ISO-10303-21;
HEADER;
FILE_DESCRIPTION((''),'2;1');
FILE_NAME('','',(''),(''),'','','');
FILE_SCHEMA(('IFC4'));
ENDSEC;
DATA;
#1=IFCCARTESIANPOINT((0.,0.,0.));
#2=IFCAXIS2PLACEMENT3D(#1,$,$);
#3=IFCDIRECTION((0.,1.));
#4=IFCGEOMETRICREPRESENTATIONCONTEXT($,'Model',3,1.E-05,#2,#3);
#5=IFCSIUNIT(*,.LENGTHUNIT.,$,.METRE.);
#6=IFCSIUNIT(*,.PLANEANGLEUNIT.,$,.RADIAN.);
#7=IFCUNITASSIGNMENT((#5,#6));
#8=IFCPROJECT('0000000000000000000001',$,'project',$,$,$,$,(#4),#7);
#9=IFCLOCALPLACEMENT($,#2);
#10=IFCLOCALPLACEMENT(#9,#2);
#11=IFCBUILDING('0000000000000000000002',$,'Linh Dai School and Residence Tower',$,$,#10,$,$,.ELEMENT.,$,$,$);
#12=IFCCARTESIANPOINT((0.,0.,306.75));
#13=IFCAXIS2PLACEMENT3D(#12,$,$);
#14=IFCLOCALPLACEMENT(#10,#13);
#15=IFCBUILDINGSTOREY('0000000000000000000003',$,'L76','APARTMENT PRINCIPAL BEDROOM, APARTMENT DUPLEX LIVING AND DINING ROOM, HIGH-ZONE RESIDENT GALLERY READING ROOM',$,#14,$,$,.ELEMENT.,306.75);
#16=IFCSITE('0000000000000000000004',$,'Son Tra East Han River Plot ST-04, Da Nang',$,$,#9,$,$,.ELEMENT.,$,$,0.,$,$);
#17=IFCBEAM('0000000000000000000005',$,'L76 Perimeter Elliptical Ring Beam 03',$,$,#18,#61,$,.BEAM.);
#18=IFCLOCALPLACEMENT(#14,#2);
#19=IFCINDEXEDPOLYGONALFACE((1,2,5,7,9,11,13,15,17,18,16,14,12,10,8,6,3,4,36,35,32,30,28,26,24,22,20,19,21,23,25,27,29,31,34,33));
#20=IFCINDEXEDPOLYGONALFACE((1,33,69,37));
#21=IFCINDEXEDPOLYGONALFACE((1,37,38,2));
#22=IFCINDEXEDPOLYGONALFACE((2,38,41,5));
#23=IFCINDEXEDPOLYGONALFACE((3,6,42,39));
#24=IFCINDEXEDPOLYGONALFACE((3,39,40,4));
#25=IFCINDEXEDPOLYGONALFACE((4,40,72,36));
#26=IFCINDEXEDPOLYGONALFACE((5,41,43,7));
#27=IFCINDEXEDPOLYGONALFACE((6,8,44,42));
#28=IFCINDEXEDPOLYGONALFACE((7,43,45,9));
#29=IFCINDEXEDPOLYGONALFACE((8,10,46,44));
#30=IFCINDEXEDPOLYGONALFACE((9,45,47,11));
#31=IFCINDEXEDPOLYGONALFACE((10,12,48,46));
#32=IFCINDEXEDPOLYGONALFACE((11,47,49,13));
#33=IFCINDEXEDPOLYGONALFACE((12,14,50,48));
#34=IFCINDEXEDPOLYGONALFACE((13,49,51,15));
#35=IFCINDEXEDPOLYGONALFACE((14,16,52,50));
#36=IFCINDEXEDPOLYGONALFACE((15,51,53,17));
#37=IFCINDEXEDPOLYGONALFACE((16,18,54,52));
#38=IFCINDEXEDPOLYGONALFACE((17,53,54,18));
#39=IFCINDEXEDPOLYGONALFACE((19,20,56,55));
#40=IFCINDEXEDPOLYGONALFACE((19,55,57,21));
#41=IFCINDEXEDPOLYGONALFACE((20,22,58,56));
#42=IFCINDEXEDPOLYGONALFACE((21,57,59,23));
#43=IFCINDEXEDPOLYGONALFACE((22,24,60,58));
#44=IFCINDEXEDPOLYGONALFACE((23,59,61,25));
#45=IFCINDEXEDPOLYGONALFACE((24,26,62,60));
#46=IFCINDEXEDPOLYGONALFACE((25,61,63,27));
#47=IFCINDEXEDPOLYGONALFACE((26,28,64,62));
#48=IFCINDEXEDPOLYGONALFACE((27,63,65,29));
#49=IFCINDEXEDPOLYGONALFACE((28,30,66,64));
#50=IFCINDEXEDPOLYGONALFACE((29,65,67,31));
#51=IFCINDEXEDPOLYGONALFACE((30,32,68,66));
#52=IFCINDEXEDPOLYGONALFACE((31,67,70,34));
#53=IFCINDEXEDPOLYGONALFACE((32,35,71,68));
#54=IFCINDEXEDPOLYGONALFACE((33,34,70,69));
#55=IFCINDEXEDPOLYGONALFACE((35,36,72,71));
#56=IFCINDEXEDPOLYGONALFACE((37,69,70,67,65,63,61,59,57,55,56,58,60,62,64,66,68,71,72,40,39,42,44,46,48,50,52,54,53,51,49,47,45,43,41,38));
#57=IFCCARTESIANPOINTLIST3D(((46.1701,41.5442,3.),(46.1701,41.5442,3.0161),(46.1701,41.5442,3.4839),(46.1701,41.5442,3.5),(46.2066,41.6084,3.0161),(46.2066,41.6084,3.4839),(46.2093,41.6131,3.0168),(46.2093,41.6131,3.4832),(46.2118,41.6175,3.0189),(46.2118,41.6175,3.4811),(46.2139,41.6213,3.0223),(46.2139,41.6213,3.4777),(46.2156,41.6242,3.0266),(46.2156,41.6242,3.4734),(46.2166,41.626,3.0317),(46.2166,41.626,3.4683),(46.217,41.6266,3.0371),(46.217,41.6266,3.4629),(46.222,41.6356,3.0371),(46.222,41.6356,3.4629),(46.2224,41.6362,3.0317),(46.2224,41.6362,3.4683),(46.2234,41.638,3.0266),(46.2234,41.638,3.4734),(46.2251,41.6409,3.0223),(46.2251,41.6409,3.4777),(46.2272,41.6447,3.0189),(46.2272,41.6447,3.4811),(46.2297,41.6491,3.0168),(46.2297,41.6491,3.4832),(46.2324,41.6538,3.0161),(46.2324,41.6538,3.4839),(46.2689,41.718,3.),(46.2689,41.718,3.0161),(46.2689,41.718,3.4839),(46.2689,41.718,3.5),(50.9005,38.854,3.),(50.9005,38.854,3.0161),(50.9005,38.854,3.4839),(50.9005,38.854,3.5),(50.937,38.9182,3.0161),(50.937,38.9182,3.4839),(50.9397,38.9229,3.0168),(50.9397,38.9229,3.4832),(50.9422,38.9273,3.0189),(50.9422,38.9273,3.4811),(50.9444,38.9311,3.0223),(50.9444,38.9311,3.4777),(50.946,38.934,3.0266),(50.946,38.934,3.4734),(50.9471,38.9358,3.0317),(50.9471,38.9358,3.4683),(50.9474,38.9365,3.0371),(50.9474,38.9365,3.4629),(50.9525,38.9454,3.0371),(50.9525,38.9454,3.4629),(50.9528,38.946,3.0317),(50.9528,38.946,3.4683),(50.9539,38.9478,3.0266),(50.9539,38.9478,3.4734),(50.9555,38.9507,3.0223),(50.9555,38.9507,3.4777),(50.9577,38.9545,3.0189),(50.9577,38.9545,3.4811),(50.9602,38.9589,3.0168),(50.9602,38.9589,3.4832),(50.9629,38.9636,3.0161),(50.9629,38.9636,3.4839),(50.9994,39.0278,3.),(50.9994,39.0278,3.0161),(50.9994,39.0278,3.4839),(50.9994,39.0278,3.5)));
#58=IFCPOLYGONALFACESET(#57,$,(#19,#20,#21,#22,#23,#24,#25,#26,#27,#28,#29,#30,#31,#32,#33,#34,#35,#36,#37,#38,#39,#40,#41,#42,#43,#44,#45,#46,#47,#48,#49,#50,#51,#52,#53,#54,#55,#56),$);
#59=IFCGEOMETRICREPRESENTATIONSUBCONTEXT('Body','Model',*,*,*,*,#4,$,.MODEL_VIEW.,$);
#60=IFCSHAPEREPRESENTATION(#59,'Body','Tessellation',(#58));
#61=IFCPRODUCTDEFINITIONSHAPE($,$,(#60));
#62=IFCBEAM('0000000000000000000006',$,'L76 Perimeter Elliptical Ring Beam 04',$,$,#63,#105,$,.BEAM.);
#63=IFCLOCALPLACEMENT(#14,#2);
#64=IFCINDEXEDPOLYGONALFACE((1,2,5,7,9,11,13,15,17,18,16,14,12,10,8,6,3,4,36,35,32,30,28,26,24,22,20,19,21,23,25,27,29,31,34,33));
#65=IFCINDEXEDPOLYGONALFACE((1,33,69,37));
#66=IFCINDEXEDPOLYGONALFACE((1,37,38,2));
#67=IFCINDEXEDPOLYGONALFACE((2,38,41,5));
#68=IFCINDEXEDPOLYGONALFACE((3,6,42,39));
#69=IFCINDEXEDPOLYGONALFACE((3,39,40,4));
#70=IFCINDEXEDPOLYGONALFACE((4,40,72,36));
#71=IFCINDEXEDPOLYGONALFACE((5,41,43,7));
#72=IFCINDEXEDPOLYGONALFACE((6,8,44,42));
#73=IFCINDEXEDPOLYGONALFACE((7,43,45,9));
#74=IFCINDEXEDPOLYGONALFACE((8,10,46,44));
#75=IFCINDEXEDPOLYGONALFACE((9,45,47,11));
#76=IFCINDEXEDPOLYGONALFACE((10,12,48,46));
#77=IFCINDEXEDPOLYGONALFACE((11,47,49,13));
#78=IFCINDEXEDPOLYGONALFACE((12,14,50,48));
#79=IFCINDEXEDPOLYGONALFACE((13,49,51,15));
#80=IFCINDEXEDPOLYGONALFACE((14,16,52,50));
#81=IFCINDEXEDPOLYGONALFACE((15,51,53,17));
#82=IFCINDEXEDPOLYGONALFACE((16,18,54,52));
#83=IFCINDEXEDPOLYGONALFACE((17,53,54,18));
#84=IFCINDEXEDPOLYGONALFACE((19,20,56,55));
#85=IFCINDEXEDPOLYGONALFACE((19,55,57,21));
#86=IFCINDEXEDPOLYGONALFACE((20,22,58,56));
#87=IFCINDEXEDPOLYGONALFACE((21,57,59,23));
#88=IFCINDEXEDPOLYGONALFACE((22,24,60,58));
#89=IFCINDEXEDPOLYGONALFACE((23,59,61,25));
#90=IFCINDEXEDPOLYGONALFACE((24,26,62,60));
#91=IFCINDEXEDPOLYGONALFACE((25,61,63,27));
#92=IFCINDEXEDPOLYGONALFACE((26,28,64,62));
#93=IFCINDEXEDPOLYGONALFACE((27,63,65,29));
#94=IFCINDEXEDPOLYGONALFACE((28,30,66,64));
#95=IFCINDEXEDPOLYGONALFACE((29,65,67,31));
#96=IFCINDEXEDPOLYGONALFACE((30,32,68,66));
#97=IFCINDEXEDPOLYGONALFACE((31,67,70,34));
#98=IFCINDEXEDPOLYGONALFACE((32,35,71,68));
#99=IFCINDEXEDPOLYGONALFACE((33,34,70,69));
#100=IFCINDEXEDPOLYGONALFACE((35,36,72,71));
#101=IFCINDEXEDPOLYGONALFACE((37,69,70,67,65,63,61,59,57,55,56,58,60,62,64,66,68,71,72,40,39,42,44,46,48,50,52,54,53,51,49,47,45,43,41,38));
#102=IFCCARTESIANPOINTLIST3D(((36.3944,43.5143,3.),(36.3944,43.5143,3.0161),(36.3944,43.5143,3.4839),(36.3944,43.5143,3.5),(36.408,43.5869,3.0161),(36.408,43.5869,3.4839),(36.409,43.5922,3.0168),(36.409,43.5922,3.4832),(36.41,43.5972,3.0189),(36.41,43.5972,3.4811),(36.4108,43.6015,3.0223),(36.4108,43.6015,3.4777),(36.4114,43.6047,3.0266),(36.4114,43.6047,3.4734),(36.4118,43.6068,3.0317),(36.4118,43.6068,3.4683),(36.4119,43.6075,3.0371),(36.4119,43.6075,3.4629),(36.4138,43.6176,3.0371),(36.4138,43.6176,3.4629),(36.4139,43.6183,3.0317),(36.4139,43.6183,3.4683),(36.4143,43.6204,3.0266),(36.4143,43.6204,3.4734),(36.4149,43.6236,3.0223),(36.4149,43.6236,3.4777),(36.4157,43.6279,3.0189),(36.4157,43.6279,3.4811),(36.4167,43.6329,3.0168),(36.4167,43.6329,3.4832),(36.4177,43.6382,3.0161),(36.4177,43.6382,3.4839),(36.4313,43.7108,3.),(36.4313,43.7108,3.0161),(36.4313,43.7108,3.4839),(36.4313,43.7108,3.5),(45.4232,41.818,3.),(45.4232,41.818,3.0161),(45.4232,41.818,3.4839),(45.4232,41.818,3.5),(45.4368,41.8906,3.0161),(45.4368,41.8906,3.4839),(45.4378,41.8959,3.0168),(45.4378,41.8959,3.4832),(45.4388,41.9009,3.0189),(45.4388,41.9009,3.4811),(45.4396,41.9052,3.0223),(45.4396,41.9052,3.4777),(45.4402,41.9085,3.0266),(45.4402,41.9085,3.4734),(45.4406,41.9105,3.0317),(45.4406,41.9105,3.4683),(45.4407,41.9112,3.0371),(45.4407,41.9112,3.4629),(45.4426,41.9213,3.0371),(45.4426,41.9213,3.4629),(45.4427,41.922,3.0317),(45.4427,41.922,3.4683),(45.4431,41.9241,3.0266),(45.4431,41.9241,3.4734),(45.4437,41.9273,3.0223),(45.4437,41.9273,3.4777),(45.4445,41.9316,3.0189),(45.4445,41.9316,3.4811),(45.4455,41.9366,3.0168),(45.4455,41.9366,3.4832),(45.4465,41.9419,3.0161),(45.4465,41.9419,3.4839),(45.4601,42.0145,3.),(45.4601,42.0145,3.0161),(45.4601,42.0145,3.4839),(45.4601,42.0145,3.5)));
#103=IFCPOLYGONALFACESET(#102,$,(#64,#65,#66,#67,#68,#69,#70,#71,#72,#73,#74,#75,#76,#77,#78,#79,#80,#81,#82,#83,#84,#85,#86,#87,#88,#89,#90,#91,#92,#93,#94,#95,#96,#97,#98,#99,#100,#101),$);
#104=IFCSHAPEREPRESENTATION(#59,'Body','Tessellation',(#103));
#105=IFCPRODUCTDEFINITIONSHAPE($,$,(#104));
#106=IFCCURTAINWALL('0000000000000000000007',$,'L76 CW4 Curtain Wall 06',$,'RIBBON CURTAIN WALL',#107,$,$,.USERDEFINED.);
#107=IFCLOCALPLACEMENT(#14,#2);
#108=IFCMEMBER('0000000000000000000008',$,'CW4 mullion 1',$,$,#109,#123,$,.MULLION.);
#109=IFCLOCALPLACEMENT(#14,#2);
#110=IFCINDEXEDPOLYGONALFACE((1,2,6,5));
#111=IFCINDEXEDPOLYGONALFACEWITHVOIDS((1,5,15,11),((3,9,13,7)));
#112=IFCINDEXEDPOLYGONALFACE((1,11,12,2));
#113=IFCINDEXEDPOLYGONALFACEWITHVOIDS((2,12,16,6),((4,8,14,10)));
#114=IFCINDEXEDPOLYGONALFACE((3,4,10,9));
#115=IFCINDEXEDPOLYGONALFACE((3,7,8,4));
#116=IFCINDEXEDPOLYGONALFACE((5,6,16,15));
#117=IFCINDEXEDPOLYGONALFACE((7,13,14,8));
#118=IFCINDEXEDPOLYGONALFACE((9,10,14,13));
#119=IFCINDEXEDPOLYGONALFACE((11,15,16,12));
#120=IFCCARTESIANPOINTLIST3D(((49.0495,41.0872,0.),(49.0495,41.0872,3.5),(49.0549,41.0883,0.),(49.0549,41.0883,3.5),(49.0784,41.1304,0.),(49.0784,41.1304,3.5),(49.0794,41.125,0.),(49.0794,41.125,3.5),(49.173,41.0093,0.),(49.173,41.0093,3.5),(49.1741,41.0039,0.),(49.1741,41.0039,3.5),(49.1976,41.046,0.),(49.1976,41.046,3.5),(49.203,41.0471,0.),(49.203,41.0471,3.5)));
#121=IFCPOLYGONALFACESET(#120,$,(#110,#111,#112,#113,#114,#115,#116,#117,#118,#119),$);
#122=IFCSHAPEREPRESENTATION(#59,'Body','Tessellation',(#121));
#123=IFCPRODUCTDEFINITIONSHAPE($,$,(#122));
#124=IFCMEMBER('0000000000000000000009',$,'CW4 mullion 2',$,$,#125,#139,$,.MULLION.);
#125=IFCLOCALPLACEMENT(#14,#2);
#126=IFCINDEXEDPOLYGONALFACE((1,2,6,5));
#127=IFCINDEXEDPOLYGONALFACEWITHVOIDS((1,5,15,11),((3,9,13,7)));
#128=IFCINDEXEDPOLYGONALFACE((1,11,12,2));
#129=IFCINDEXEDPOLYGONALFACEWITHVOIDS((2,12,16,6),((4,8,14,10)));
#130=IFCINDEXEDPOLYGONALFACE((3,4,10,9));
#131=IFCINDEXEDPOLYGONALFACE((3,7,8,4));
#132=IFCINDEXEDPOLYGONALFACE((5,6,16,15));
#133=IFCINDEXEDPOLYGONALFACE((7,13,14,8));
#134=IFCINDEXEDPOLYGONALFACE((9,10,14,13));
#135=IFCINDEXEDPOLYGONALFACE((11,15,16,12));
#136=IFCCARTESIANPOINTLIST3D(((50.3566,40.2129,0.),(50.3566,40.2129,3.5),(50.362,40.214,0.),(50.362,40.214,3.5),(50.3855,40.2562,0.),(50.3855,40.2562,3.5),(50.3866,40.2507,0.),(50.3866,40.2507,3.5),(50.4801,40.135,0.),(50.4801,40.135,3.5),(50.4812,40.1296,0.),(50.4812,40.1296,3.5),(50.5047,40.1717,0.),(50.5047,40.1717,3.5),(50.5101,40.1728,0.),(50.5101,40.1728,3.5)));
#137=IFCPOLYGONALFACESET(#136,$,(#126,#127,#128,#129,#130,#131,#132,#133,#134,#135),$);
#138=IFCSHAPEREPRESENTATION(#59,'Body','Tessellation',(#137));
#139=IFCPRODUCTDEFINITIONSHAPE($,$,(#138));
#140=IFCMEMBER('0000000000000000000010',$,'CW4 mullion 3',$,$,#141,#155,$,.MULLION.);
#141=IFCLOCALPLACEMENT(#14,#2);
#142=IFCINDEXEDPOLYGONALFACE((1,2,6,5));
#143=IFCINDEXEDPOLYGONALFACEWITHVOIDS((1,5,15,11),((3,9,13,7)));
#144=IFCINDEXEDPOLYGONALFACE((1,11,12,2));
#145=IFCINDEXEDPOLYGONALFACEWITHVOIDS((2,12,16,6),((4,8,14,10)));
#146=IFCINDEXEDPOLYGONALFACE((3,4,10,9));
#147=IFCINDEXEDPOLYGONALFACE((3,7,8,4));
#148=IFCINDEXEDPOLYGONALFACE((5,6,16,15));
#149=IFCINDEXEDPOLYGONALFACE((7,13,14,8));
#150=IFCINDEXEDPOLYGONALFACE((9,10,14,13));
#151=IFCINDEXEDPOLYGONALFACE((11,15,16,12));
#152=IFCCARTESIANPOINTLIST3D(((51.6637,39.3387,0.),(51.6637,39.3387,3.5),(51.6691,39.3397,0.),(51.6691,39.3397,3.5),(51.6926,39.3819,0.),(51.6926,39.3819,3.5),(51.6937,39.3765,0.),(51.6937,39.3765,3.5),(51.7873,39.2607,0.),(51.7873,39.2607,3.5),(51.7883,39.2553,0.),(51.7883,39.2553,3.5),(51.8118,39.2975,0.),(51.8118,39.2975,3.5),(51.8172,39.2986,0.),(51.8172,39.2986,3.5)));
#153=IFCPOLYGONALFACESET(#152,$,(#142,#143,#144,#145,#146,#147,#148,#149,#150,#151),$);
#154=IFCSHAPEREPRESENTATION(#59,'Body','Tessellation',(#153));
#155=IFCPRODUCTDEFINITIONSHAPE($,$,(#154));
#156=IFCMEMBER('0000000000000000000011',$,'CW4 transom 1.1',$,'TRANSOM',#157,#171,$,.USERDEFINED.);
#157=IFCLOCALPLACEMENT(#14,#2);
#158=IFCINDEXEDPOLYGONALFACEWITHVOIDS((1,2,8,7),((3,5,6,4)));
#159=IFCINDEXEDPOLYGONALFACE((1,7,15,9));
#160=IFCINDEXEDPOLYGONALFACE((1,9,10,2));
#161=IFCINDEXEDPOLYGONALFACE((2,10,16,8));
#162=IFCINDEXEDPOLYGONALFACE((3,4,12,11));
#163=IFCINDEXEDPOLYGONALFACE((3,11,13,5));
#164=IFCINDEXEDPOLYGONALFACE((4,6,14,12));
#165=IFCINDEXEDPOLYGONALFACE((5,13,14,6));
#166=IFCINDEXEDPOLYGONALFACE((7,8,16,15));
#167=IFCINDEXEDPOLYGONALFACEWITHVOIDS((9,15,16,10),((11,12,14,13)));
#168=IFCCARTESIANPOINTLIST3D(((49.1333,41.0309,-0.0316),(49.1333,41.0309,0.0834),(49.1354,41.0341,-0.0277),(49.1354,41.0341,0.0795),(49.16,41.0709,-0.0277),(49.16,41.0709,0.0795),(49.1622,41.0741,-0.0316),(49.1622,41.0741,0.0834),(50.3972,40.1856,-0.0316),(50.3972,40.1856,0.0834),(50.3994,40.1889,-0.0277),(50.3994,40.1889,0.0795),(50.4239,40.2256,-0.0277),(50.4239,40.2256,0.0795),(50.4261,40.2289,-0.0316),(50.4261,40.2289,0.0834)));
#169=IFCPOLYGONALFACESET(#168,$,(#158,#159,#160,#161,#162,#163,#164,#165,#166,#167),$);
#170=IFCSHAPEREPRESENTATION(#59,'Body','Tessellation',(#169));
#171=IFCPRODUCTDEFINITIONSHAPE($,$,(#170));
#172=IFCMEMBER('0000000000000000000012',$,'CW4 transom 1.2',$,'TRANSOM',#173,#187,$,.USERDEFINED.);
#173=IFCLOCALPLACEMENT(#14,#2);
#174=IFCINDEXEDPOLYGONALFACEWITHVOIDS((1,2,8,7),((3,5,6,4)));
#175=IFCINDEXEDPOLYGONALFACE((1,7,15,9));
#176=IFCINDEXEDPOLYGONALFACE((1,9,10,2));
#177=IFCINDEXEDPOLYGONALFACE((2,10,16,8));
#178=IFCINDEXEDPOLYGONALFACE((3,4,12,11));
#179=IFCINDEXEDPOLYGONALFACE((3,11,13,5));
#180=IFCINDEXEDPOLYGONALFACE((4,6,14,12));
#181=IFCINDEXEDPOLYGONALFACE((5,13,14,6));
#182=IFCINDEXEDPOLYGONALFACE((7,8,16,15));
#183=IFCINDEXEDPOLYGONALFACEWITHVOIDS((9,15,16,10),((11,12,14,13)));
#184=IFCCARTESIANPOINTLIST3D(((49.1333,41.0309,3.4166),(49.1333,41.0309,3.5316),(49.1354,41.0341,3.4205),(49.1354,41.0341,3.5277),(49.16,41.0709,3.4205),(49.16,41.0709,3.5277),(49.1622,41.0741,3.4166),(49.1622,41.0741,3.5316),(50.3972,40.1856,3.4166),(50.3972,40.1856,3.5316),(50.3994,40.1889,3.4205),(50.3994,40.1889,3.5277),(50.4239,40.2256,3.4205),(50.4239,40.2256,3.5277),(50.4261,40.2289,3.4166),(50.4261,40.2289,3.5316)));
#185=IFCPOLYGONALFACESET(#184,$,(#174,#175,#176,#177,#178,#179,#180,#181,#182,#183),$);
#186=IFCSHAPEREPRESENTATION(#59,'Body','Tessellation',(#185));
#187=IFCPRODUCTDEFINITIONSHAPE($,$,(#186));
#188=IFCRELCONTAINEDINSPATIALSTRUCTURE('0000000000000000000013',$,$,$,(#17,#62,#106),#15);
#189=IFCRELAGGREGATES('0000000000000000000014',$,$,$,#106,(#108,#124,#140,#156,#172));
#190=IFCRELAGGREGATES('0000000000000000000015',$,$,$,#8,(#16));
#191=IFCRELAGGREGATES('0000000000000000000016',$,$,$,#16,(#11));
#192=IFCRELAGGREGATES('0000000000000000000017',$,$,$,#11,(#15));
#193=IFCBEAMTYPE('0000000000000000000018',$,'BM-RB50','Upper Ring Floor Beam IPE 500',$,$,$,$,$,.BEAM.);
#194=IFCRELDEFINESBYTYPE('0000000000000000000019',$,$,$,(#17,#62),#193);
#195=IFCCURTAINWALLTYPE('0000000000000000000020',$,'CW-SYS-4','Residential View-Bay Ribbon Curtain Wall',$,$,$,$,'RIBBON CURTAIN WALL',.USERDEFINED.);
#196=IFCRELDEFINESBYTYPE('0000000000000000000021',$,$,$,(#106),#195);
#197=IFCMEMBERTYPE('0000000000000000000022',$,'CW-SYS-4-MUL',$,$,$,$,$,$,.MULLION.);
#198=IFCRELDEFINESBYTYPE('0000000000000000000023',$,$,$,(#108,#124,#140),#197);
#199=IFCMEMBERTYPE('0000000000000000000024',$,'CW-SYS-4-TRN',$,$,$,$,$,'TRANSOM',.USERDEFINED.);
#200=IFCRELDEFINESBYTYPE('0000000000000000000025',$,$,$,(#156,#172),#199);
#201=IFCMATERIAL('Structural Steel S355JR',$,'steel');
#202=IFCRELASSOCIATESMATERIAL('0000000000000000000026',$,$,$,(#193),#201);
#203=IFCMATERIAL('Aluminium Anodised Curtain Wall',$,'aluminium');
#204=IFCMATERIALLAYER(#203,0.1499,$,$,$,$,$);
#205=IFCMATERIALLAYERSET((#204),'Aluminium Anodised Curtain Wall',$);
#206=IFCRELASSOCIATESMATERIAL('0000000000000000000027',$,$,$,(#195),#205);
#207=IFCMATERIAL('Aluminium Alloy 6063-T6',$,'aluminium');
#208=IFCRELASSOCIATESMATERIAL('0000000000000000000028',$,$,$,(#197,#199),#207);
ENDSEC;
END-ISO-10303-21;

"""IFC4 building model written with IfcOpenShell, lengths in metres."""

from ifc_helpers import new_model, si_unit, direction, frame, origin, origin_2d, place, context, subcontext, project, spatial, hollow_rectangle, i_section, extrude, source, transform, mapped, material, layer, layer_set, material_profile, profile_set, type_object, element, aggregate, save


model = new_model("IFC4")

# Units and contexts
model_context = context("Model", 3, precision=1e-05, world=origin(), true_north=direction((0.0, 1.0)))
body_context = subcontext(model_context, "Body", "Model", "MODEL_VIEW")
ifc_project = project(units=[si_unit("LENGTHUNIT", "METRE"), si_unit("PLANEANGLEUNIT", "RADIAN")], contexts=[model_context])

# Site, building, storey
site_placement = place(None, origin())
site = spatial("IfcSite", under=ifc_project, at=site_placement, Name="Son Tra East Han River Plot ST-04, Da Nang", CompositionType="ELEMENT", RefElevation=0.0)
building_placement = place(site_placement, origin())
building = spatial("IfcBuilding", under=site, at=building_placement, Name="Linh Dai School and Residence Tower", CompositionType="ELEMENT")
storey_placement = place(building_placement, frame((0.0, 0.0, 306.75)))
storey = spatial("IfcBuildingStorey", under=building, at=storey_placement, Name="L76", Description="APARTMENT PRINCIPAL BEDROOM, APARTMENT DUPLEX LIVING AND DINING ROOM, HIGH-ZONE RESIDENT GALLERY READING ROOM", CompositionType="ELEMENT", Elevation=306.75)

# Shared definitions
ifc_material_1 = material(Name="Structural Steel S355JR", Category="steel")

# Beams
ifc_material_profile_1 = material_profile(ifc_material_1, i_section(OverallWidth=0.2, OverallDepth=0.5, WebThickness=0.0103, FlangeThickness=0.0161, FilletRadius=0.021, at=origin_2d()), Name="IPE 500")
ifc_profile_set_1 = profile_set([ifc_material_profile_1], Name="Structural Steel S355JR")
beam_type = type_object("IfcBeamType", Name="BM-RB50", Description="Upper Ring Floor Beam IPE 500", PredefinedType="BEAM", material=ifc_profile_set_1)
beam_1_placement = place(storey_placement, frame((50.95, 38.9409, 3.25), z_axis=(-0.869266, 0.494345, 0.0), x_axis=(-0.494345, -0.869266, 0.0)))
element("IfcBeam", 1, at=beam_1_placement, inside=storey, type_object=beam_type, Name="L76 Perimeter Elliptical Ring Beam 03", PredefinedType="BEAM", context=body_context, shape_type="SweptSolid", body=[
    extrude(i_section(OverallWidth=0.2, OverallDepth=0.5, WebThickness=0.0103, FlangeThickness=0.0161, FilletRadius=0.021, at=origin_2d()), origin(), (0.0, 0.0, 1.0), 5.4419),
])
beam_2_placement = place(storey_placement, frame((45.4417, 41.9163, 3.25), z_axis=(-0.982805, 0.184645, 0.0), x_axis=(-0.184645, -0.982805, 0.0)))
element("IfcBeam", 2, at=beam_2_placement, inside=storey, type_object=beam_type, Name="L76 Perimeter Elliptical Ring Beam 04", PredefinedType="BEAM", context=body_context, shape_type="SweptSolid", body=[
    extrude(i_section(OverallWidth=0.2, OverallDepth=0.5, WebThickness=0.0103, FlangeThickness=0.0161, FilletRadius=0.021, at=origin_2d()), origin(), (0.0, 0.0, 1.0), 9.1868),
])

# Curtain wall, members
ifc_material_2 = material(Name="Aluminium Anodised Curtain Wall", Category="aluminium")
ifc_layer_1 = layer(ifc_material_2, 0.1499)
ifc_layer_set_1 = layer_set([ifc_layer_1], Name="Aluminium Anodised Curtain Wall")
curtain_wall_type = type_object("IfcCurtainWallType", Name="CW-SYS-4", Description="Residential View-Bay Ribbon Curtain Wall", ElementType="RIBBON CURTAIN WALL", PredefinedType="USERDEFINED", material=ifc_layer_set_1)
curtain_wall_placement = place(storey_placement, origin())
curtain_wall = element("IfcCurtainWall", 3, at=curtain_wall_placement, inside=storey, type_object=curtain_wall_type, Name="L76 CW4 Curtain Wall 06", ObjectType="RIBBON CURTAIN WALL", PredefinedType="USERDEFINED")
ifc_material_3 = material(Name="Aluminium Alloy 6063-T6", Category="aluminium")
ifc_material_profile_2 = material_profile(ifc_material_3, hollow_rectangle(XDim=0.052, YDim=0.1499, WallThickness=0.0039, at=origin_2d()), Name="RHS 150x52x4")
ifc_profile_set_2 = profile_set([ifc_material_profile_2], Name="Aluminium Alloy 6063-T6")
member_type_1 = type_object("IfcMemberType", Name="CW-SYS-4-MUL", PredefinedType="MULLION", material=ifc_profile_set_2)
shared_shape_1 = source(origin(), body_context, "Body", "SweptSolid", [
    extrude(hollow_rectangle(XDim=0.052, YDim=0.1499, WallThickness=0.0039, at=origin_2d()), origin(), (0.0, 0.0, 1.0), 3.5),
])
member_1_placement = place(storey_placement, frame((49.1262, 41.0671, 0.0), z_axis=(0.0, 0.0, 1.0), x_axis=(0.555908, 0.831244, 0.0)))
member_1 = element("IfcMember", 4, at=member_1_placement, type_object=member_type_1, Name="CW4 mullion 1", PredefinedType="MULLION", context=body_context, shape_type="MappedRepresentation", body=[
    mapped(shared_shape_1, transform((0.0, 0.0, 0.0), x_axis=(1.0, 0.0, 0.0), y_axis=(0.0, 1.0, 0.0), z_axis=(0.0, 0.0, 1.0), scale=1.0)),
])
member_2_placement = place(storey_placement, frame((50.4333, 40.1929, 0.0), z_axis=(0.0, 0.0, 1.0), x_axis=(0.555908, 0.831244, 0.0)))
member_2 = element("IfcMember", 5, at=member_2_placement, type_object=member_type_1, Name="CW4 mullion 2", PredefinedType="MULLION", context=body_context, shape_type="MappedRepresentation", body=[
    mapped(shared_shape_1, transform((0.0, 0.0, 0.0), x_axis=(1.0, 0.0, 0.0), y_axis=(0.0, 1.0, 0.0), z_axis=(0.0, 0.0, 1.0), scale=1.0)),
])
member_3_placement = place(storey_placement, frame((51.7405, 39.3186, 0.0), z_axis=(0.0, 0.0, 1.0), x_axis=(0.555908, 0.831244, 0.0)))
member_3 = element("IfcMember", 6, at=member_3_placement, type_object=member_type_1, Name="CW4 mullion 3", PredefinedType="MULLION", context=body_context, shape_type="MappedRepresentation", body=[
    mapped(shared_shape_1, transform((0.0, 0.0, 0.0), x_axis=(1.0, 0.0, 0.0), y_axis=(0.0, 1.0, 0.0), z_axis=(0.0, 0.0, 1.0), scale=1.0)),
])
ifc_material_profile_3 = material_profile(ifc_material_3, hollow_rectangle(XDim=0.052, YDim=0.115, WallThickness=0.0039, at=origin_2d()), Name="RHS 115x52x4")
ifc_profile_set_3 = profile_set([ifc_material_profile_3], Name="Aluminium Alloy 6063-T6")
member_type_2 = type_object("IfcMemberType", Name="CW-SYS-4-TRN", ElementType="TRANSOM", PredefinedType="USERDEFINED", material=ifc_profile_set_3)
shared_shape_2 = source(origin(), body_context, "Body", "SweptSolid", [
    extrude(hollow_rectangle(XDim=0.052, YDim=0.115, WallThickness=0.0039, at=origin_2d()), origin(), (0.0, 0.0, 1.0), 1.5205),
])
member_4_placement = place(storey_placement, frame((49.1477, 41.0525, 0.0259), z_axis=(0.831259, -0.555885, 0.0), x_axis=(0.555885, 0.831259, 0.0)))
member_4 = element("IfcMember", 7, at=member_4_placement, type_object=member_type_2, Name="CW4 transom 1.1", ObjectType="TRANSOM", PredefinedType="USERDEFINED", context=body_context, shape_type="MappedRepresentation", body=[
    mapped(shared_shape_2, transform((0.0, 0.0, 0.0), x_axis=(1.0, 0.0, 0.0), y_axis=(0.0, 1.0, 0.0), z_axis=(0.0, 0.0, 1.0), scale=1.0)),
])
member_5_placement = place(storey_placement, frame((49.1477, 41.0525, 3.4741), z_axis=(0.831259, -0.555885, 0.0), x_axis=(0.555885, 0.831259, 0.0)))
member_5 = element("IfcMember", 8, at=member_5_placement, type_object=member_type_2, Name="CW4 transom 1.2", ObjectType="TRANSOM", PredefinedType="USERDEFINED", context=body_context, shape_type="MappedRepresentation", body=[
    mapped(shared_shape_2, transform((0.0, 0.0, 0.0), x_axis=(1.0, 0.0, 0.0), y_axis=(0.0, 1.0, 0.0), z_axis=(0.0, 0.0, 1.0), scale=1.0)),
])

aggregate(curtain_wall, [member_1, member_2, member_3, member_4, member_5])

save(model, "model.ifc")
